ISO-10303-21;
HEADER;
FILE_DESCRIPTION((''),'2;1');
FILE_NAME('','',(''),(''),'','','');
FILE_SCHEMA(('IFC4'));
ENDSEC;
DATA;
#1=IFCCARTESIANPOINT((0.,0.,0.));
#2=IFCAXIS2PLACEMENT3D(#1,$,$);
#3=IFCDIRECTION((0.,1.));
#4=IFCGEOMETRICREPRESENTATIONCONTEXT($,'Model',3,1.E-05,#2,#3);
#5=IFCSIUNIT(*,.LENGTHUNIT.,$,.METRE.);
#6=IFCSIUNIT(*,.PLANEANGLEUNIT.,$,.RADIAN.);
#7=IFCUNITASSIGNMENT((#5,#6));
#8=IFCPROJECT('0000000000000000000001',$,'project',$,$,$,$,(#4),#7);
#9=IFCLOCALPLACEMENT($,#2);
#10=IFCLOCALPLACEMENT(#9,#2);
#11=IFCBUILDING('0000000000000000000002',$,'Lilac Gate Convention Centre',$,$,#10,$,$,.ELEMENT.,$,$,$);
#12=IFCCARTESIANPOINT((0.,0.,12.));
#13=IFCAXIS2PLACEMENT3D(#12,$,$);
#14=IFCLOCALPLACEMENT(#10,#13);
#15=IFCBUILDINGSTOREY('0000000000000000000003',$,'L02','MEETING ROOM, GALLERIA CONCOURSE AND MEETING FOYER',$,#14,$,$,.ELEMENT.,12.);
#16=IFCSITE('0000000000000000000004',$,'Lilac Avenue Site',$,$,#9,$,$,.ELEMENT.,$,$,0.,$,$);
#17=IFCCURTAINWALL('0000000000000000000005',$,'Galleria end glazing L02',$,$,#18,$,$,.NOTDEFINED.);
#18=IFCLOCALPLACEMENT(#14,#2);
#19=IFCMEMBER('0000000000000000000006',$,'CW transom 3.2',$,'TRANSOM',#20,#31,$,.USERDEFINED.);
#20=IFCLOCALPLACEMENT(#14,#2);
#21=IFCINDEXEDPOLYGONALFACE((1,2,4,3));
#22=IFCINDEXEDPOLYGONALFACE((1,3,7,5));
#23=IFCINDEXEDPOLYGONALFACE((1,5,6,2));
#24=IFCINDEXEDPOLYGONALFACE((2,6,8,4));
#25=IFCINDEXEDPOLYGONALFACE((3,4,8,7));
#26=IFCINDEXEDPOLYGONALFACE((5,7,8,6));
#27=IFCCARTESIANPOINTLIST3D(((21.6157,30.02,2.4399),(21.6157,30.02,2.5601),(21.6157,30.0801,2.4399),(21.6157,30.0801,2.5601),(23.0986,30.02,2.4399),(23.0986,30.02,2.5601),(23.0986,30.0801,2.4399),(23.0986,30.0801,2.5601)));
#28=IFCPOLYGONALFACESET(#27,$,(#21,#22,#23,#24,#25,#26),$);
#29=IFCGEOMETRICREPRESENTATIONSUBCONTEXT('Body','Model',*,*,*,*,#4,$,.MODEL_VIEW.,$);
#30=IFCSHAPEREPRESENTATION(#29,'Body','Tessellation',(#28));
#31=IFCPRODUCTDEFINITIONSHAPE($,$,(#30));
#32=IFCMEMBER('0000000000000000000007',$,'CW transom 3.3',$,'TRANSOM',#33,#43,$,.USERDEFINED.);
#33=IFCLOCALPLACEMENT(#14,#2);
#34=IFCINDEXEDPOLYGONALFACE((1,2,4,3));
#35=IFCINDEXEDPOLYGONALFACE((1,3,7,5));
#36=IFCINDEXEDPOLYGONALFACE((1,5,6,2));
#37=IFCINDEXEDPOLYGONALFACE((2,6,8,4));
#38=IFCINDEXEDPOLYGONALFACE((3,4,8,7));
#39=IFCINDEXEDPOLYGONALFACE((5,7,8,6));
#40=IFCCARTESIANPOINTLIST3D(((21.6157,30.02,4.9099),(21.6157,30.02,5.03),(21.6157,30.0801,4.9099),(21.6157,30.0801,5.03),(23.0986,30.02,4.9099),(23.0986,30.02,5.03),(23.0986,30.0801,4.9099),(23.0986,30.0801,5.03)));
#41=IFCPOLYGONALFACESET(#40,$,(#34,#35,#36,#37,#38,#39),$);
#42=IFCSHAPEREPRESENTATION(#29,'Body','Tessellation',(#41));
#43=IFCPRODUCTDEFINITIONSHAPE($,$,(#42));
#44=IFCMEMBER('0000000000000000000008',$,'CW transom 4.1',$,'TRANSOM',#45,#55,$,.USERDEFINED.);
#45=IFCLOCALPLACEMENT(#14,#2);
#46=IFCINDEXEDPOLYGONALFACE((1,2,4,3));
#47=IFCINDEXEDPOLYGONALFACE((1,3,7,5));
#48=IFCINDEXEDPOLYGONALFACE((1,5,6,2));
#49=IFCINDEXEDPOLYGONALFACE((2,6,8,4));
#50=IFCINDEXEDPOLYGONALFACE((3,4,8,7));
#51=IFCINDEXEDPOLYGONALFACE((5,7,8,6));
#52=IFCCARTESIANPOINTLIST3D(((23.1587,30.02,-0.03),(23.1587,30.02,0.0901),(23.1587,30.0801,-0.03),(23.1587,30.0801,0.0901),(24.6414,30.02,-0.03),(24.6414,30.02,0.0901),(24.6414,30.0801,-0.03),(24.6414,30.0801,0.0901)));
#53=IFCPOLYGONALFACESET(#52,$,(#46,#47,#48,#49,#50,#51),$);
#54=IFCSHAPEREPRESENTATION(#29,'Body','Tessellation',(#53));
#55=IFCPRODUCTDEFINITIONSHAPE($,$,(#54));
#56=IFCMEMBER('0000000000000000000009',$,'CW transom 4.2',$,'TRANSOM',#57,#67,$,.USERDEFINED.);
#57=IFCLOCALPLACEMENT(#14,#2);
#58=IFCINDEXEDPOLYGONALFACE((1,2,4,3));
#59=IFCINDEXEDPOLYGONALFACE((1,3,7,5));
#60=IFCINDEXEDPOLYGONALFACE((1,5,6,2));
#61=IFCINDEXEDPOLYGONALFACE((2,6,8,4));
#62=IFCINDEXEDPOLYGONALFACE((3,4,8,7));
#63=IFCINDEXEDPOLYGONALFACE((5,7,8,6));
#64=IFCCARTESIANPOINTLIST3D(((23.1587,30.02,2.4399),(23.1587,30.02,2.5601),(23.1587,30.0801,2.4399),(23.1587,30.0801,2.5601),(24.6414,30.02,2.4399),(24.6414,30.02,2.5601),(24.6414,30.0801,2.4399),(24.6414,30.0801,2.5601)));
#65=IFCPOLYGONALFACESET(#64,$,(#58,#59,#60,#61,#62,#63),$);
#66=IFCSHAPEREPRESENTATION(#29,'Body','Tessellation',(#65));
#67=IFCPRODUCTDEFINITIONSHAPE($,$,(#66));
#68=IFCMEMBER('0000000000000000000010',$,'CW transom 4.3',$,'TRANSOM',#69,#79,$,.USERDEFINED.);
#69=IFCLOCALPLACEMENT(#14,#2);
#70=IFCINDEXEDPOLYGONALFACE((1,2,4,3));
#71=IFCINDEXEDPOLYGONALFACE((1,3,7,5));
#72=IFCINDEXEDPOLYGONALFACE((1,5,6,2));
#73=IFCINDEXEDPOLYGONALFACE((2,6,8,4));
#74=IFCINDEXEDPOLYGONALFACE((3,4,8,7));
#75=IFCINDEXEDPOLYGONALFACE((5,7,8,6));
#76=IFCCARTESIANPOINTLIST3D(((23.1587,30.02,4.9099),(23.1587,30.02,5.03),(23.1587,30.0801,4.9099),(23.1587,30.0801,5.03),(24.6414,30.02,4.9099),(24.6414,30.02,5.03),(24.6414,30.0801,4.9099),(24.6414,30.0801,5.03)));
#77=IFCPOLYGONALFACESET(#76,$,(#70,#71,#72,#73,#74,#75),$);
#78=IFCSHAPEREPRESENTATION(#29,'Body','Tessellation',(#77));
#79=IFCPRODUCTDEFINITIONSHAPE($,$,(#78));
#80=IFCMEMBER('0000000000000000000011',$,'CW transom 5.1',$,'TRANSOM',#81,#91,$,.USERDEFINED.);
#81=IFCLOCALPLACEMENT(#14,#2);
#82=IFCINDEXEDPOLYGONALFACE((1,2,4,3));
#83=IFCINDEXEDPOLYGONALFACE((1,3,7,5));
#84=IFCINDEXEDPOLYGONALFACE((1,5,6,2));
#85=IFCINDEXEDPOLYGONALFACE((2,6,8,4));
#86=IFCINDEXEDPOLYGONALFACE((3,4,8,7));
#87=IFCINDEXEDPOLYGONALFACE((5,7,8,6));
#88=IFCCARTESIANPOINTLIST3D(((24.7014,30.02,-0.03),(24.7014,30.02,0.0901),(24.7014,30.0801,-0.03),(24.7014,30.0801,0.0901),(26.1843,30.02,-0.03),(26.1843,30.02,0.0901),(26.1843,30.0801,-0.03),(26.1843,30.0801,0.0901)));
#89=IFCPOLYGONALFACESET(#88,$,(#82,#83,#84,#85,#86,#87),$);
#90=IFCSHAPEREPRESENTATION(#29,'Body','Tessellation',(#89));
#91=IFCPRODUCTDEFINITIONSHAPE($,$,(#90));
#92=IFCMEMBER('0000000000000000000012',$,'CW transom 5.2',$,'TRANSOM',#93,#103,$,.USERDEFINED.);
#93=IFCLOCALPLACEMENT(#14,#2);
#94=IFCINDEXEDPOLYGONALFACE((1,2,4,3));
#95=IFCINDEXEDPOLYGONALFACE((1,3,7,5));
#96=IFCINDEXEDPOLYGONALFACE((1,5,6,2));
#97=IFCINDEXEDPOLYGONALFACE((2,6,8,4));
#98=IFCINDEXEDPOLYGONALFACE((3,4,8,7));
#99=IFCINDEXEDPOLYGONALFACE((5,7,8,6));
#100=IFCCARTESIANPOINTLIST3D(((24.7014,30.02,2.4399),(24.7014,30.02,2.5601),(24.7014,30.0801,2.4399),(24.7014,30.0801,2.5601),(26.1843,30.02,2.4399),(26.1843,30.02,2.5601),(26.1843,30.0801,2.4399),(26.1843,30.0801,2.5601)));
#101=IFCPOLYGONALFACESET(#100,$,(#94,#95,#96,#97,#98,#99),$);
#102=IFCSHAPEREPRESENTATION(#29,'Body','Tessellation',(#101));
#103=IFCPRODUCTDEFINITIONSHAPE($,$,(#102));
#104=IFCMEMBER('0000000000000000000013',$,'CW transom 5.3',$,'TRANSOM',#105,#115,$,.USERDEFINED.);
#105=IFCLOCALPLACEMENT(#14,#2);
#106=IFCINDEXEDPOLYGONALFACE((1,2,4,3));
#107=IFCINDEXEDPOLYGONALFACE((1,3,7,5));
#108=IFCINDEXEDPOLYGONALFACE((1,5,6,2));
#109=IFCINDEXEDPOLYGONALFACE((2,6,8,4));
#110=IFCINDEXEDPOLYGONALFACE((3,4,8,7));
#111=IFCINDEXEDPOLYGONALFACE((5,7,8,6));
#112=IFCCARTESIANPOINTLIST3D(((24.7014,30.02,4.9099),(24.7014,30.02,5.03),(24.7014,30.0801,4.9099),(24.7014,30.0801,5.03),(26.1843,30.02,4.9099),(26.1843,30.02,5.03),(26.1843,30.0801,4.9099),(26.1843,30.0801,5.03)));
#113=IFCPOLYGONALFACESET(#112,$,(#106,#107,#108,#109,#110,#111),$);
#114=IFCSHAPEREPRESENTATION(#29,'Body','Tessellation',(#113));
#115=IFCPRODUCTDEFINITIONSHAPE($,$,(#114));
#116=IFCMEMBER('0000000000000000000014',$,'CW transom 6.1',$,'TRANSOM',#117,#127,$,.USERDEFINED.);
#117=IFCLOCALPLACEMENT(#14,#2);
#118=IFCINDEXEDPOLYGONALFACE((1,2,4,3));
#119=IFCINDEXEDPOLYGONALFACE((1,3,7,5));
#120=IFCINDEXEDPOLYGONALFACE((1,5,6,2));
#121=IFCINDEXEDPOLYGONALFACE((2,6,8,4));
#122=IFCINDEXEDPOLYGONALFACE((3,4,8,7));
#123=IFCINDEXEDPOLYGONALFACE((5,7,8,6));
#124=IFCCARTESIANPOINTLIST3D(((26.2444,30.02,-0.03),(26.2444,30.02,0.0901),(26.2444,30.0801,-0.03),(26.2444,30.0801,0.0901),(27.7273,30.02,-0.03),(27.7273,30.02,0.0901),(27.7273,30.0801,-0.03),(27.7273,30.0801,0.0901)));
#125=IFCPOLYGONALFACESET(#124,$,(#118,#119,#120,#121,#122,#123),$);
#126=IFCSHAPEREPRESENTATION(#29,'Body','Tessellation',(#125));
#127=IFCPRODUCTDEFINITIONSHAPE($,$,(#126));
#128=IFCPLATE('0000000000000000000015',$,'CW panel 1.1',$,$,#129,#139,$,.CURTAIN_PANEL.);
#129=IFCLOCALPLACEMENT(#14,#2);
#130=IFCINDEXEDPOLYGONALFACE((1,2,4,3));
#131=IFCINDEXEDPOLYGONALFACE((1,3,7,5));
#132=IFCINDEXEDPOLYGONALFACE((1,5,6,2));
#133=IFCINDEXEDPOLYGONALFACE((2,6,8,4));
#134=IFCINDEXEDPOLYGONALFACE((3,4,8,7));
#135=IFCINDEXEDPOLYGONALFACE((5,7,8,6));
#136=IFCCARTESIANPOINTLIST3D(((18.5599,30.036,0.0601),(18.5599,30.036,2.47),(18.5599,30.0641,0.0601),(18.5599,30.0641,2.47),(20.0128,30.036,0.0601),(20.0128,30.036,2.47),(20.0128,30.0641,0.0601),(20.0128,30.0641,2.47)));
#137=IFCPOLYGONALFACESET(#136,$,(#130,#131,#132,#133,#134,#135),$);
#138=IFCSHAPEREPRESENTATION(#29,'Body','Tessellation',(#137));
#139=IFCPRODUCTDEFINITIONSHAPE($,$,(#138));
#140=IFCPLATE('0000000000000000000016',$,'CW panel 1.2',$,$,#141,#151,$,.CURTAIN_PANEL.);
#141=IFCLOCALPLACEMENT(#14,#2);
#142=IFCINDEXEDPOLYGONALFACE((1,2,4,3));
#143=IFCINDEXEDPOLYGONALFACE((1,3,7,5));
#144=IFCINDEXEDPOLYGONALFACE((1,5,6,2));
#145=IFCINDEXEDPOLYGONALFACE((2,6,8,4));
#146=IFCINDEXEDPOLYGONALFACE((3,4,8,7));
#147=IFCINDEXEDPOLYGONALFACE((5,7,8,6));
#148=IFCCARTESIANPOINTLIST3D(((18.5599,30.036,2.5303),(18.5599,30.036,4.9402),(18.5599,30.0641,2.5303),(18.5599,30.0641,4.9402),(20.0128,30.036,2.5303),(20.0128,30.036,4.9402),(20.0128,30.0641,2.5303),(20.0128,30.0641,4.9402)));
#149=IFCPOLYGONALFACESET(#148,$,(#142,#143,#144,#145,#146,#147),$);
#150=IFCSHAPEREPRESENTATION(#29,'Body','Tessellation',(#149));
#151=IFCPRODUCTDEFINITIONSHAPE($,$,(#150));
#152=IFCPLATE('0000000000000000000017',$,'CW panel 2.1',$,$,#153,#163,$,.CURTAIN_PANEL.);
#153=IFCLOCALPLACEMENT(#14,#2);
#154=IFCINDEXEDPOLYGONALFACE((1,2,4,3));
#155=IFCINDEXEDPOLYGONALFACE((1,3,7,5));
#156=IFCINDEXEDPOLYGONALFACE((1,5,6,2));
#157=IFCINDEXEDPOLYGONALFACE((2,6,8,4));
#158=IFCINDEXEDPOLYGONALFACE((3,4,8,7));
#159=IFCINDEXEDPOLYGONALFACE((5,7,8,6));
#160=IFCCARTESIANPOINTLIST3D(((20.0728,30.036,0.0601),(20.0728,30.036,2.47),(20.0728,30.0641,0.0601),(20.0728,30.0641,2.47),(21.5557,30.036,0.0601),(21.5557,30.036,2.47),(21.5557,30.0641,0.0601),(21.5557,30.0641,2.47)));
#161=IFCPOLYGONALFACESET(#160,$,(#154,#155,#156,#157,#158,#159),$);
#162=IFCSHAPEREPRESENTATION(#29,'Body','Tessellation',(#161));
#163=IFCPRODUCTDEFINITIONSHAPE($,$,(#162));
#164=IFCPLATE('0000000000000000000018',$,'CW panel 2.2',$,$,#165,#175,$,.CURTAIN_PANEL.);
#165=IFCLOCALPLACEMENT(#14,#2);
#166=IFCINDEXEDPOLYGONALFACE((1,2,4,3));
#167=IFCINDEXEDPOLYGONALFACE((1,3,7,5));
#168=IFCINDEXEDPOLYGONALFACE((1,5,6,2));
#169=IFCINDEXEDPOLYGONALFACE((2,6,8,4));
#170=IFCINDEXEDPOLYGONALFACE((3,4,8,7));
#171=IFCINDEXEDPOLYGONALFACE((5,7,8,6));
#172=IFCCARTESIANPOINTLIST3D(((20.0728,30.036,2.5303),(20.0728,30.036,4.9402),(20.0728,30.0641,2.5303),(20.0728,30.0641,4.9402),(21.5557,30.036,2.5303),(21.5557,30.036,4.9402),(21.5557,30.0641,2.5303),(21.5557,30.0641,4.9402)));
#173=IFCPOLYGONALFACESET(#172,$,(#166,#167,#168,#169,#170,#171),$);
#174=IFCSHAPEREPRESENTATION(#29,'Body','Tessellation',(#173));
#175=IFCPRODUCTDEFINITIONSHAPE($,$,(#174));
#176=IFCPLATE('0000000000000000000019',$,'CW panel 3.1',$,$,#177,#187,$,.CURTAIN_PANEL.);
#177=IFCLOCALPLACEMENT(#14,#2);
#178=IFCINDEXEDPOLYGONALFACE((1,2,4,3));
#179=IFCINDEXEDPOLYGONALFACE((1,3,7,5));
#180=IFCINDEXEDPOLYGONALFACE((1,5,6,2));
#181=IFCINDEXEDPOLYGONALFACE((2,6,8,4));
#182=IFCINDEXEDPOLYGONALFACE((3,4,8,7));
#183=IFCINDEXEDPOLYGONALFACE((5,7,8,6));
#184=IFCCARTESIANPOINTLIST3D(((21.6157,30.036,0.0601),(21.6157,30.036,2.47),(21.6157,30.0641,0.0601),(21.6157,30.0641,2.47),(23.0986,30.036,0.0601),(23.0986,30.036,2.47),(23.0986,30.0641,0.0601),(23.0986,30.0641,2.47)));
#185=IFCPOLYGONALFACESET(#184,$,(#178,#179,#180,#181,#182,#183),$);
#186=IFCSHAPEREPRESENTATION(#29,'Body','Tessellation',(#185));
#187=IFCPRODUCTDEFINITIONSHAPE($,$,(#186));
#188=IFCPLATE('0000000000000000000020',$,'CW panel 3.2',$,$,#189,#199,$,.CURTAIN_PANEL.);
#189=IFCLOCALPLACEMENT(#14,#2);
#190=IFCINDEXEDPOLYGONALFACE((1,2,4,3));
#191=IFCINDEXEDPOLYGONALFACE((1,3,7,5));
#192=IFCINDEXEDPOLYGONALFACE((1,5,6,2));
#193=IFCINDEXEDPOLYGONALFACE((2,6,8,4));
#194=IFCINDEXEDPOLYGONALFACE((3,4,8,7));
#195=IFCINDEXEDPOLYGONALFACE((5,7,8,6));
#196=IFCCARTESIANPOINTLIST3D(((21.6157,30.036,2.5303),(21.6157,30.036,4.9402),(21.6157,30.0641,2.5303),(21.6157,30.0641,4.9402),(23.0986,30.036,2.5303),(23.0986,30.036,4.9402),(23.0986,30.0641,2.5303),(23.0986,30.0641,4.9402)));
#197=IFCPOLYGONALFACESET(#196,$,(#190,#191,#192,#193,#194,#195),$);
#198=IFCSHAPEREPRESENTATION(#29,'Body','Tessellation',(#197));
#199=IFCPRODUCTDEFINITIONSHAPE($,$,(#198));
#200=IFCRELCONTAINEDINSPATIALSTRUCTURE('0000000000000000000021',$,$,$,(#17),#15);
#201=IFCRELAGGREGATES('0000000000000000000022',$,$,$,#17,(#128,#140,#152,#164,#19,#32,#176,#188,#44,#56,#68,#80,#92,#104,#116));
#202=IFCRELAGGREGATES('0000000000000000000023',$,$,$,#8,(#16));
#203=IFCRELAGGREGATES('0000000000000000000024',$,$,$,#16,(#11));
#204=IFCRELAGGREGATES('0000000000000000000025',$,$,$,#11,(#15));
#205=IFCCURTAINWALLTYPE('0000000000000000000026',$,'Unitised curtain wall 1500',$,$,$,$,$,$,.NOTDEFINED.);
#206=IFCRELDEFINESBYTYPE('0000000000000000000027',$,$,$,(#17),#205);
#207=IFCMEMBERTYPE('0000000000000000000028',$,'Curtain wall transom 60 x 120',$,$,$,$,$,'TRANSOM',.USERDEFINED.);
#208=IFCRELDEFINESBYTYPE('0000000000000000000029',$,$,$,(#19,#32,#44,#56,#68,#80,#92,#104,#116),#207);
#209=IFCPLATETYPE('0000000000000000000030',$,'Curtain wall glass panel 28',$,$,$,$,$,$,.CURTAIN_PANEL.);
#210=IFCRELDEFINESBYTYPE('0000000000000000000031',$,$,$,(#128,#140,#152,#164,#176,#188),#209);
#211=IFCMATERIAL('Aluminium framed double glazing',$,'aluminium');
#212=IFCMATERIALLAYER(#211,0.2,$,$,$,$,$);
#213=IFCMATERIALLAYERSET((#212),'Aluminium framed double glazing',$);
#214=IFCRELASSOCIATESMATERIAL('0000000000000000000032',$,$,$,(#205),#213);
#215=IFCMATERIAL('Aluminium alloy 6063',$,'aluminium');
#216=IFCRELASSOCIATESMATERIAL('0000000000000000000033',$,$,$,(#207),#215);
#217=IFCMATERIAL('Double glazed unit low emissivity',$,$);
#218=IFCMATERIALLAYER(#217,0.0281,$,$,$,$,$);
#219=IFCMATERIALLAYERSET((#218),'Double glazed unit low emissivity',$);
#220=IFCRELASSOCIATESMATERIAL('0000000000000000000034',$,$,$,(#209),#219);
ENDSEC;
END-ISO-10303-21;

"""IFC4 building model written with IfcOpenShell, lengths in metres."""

from ifc_helpers import new_model, si_unit, direction, frame, origin, origin_2d, place, context, subcontext, project, spatial, rectangle, extrude, material, layer, layer_set, material_profile, profile_set, type_object, element, aggregate, save


model = new_model("IFC4")

# Units and contexts
model_context = context("Model", 3, precision=1e-05, world=origin(), true_north=direction((0.0, 1.0)))
body_context = subcontext(model_context, "Body", "Model", "MODEL_VIEW")
ifc_project = project(units=[si_unit("LENGTHUNIT", "METRE"), si_unit("PLANEANGLEUNIT", "RADIAN")], contexts=[model_context])

# Site, building, storey
site_placement = place(None, origin())
site = spatial("IfcSite", under=ifc_project, at=site_placement, Name="Lilac Avenue Site", CompositionType="ELEMENT", RefElevation=0.0)
building_placement = place(site_placement, origin())
building = spatial("IfcBuilding", under=site, at=building_placement, Name="Lilac Gate Convention Centre", CompositionType="ELEMENT")
storey_placement = place(building_placement, frame((0.0, 0.0, 12.0)))
storey = spatial("IfcBuildingStorey", under=building, at=storey_placement, Name="L02", Description="MEETING ROOM, GALLERIA CONCOURSE AND MEETING FOYER", CompositionType="ELEMENT", Elevation=12.0)

# Curtain wall, members, plates
ifc_material_1 = material(Name="Aluminium framed double glazing", Category="aluminium")
ifc_layer_1 = layer(ifc_material_1, 0.2)
ifc_layer_set_1 = layer_set([ifc_layer_1], Name="Aluminium framed double glazing")
curtain_wall_type = type_object("IfcCurtainWallType", Name="Unitised curtain wall 1500", PredefinedType="NOTDEFINED", material=ifc_layer_set_1)
curtain_wall_placement = place(storey_placement, origin())
curtain_wall = element("IfcCurtainWall", 1, at=curtain_wall_placement, inside=storey, type_object=curtain_wall_type, Name="Galleria end glazing L02", PredefinedType="NOTDEFINED")
ifc_material_2 = material(Name="Aluminium alloy 6063", Category="aluminium")
ifc_material_profile_1 = material_profile(ifc_material_2, rectangle(XDim=0.0601, YDim=0.1201, at=origin_2d()), Name="Curtain wall transom 60 x 120")
ifc_profile_set_1 = profile_set([ifc_material_profile_1], Name="Aluminium alloy 6063")
member_type_1 = type_object("IfcMemberType", Name="Curtain wall transom 60 x 120", ElementType="TRANSOM", PredefinedType="USERDEFINED", material=ifc_profile_set_1)
member_1_placement = place(storey_placement, frame((21.6157, 30.05, 2.5), z_axis=(1.0, 0.0, 0.0), x_axis=(0.0, 1.0, 0.0)))
member_1 = element("IfcMember", 2, at=member_1_placement, type_object=member_type_1, Name="CW transom 3.2", ObjectType="TRANSOM", PredefinedType="USERDEFINED", context=body_context, shape_type="SweptSolid", body=[
    extrude(rectangle(XDim=0.0601, YDim=0.1201, at=origin_2d()), origin(), (0.0, 0.0, 1.0), 1.4829),
])
member_2_placement = place(storey_placement, frame((21.6157, 30.05, 4.97), z_axis=(1.0, 0.0, 0.0), x_axis=(0.0, 1.0, 0.0)))
member_2 = element("IfcMember", 3, at=member_2_placement, type_object=member_type_1, Name="CW transom 3.3", ObjectType="TRANSOM", PredefinedType="USERDEFINED", context=body_context, shape_type="SweptSolid", body=[
    extrude(rectangle(XDim=0.0601, YDim=0.1201, at=origin_2d()), origin(), (0.0, 0.0, 1.0), 1.4829),
])
member_3_placement = place(storey_placement, frame((23.1587, 30.05, 0.03), z_axis=(1.0, 0.0, 0.0), x_axis=(0.0, 1.0, 0.0)))
member_3 = element("IfcMember", 4, at=member_3_placement, type_object=member_type_1, Name="CW transom 4.1", ObjectType="TRANSOM", PredefinedType="USERDEFINED", context=body_context, shape_type="SweptSolid", body=[
    extrude(rectangle(XDim=0.0601, YDim=0.1201, at=origin_2d()), origin(), (0.0, 0.0, 1.0), 1.4827),
])
member_4_placement = place(storey_placement, frame((23.1587, 30.05, 2.5), z_axis=(1.0, 0.0, 0.0), x_axis=(0.0, 1.0, 0.0)))
member_4 = element("IfcMember", 5, at=member_4_placement, type_object=member_type_1, Name="CW transom 4.2", ObjectType="TRANSOM", PredefinedType="USERDEFINED", context=body_context, shape_type="SweptSolid", body=[
    extrude(rectangle(XDim=0.0601, YDim=0.1201, at=origin_2d()), origin(), (0.0, 0.0, 1.0), 1.4827),
])
member_5_placement = place(storey_placement, frame((23.1587, 30.05, 4.97), z_axis=(1.0, 0.0, 0.0), x_axis=(0.0, 1.0, 0.0)))
member_5 = element("IfcMember", 6, at=member_5_placement, type_object=member_type_1, Name="CW transom 4.3", ObjectType="TRANSOM", PredefinedType="USERDEFINED", context=body_context, shape_type="SweptSolid", body=[
    extrude(rectangle(XDim=0.0601, YDim=0.1201, at=origin_2d()), origin(), (0.0, 0.0, 1.0), 1.4827),
])
member_6_placement = place(storey_placement, frame((24.7014, 30.05, 0.03), z_axis=(1.0, 0.0, 0.0), x_axis=(0.0, 1.0, 0.0)))
member_6 = element("IfcMember", 7, at=member_6_placement, type_object=member_type_1, Name="CW transom 5.1", ObjectType="TRANSOM", PredefinedType="USERDEFINED", context=body_context, shape_type="SweptSolid", body=[
    extrude(rectangle(XDim=0.0601, YDim=0.1201, at=origin_2d()), origin(), (0.0, 0.0, 1.0), 1.4829),
])
member_7_placement = place(storey_placement, frame((24.7014, 30.05, 2.5), z_axis=(1.0, 0.0, 0.0), x_axis=(0.0, 1.0, 0.0)))
member_7 = element("IfcMember", 8, at=member_7_placement, type_object=member_type_1, Name="CW transom 5.2", ObjectType="TRANSOM", PredefinedType="USERDEFINED", context=body_context, shape_type="SweptSolid", body=[
    extrude(rectangle(XDim=0.0601, YDim=0.1201, at=origin_2d()), origin(), (0.0, 0.0, 1.0), 1.4829),
])
member_8_placement = place(storey_placement, frame((24.7014, 30.05, 4.97), z_axis=(1.0, 0.0, 0.0), x_axis=(0.0, 1.0, 0.0)))
member_8 = element("IfcMember", 9, at=member_8_placement, type_object=member_type_1, Name="CW transom 5.3", ObjectType="TRANSOM", PredefinedType="USERDEFINED", context=body_context, shape_type="SweptSolid", body=[
    extrude(rectangle(XDim=0.0601, YDim=0.1201, at=origin_2d()), origin(), (0.0, 0.0, 1.0), 1.4829),
])
member_9_placement = place(storey_placement, frame((26.2444, 30.05, 0.03), z_axis=(1.0, 0.0, 0.0), x_axis=(0.0, 1.0, 0.0)))
member_9 = element("IfcMember", 10, at=member_9_placement, type_object=member_type_1, Name="CW transom 6.1", ObjectType="TRANSOM", PredefinedType="USERDEFINED", context=body_context, shape_type="SweptSolid", body=[
    extrude(rectangle(XDim=0.0601, YDim=0.1201, at=origin_2d()), origin(), (0.0, 0.0, 1.0), 1.4829),
])
ifc_material_3 = material(Name="Double glazed unit low emissivity")
ifc_layer_2 = layer(ifc_material_3, 0.0281)
ifc_layer_set_2 = layer_set([ifc_layer_2], Name="Double glazed unit low emissivity")
plate_type = type_object("IfcPlateType", Name="Curtain wall glass panel 28", PredefinedType="CURTAIN_PANEL", material=ifc_layer_set_2)
plate_1_placement = place(storey_placement, frame((19.2864, 30.05, 0.0601), z_axis=(0.0, 0.0, 1.0), x_axis=(1.0, 0.0, 0.0)))
plate_1 = element("IfcPlate", 11, at=plate_1_placement, type_object=plate_type, Name="CW panel 1.1", PredefinedType="CURTAIN_PANEL", context=body_context, shape_type="SweptSolid", body=[
    extrude(rectangle(XDim=1.4529, YDim=0.0281, at=origin_2d()), origin(), (0.0, 0.0, 1.0), 2.4099),
])
plate_2_placement = place(storey_placement, frame((19.2864, 30.05, 2.5303), z_axis=(0.0, 0.0, 1.0), x_axis=(1.0, 0.0, 0.0)))
plate_2 = element("IfcPlate", 12, at=plate_2_placement, type_object=plate_type, Name="CW panel 1.2", PredefinedType="CURTAIN_PANEL", context=body_context, shape_type="SweptSolid", body=[
    extrude(rectangle(XDim=1.4529, YDim=0.0281, at=origin_2d()), origin(), (0.0, 0.0, 1.0), 2.4099),
])
plate_3_placement = place(storey_placement, frame((20.8142, 30.05, 0.0601), z_axis=(0.0, 0.0, 1.0), x_axis=(1.0, 0.0, 0.0)))
plate_3 = element("IfcPlate", 13, at=plate_3_placement, type_object=plate_type, Name="CW panel 2.1", PredefinedType="CURTAIN_PANEL", context=body_context, shape_type="SweptSolid", body=[
    extrude(rectangle(XDim=1.4829, YDim=0.0281, at=origin_2d()), origin(), (0.0, 0.0, 1.0), 2.4099),
])
plate_4_placement = place(storey_placement, frame((20.8142, 30.05, 2.5303), z_axis=(0.0, 0.0, 1.0), x_axis=(1.0, 0.0, 0.0)))
plate_4 = element("IfcPlate", 14, at=plate_4_placement, type_object=plate_type, Name="CW panel 2.2", PredefinedType="CURTAIN_PANEL", context=body_context, shape_type="SweptSolid", body=[
    extrude(rectangle(XDim=1.4829, YDim=0.0281, at=origin_2d()), origin(), (0.0, 0.0, 1.0), 2.4099),
])
plate_5_placement = place(storey_placement, frame((22.3572, 30.05, 0.0601), z_axis=(0.0, 0.0, 1.0), x_axis=(1.0, 0.0, 0.0)))
plate_5 = element("IfcPlate", 15, at=plate_5_placement, type_object=plate_type, Name="CW panel 3.1", PredefinedType="CURTAIN_PANEL", context=body_context, shape_type="SweptSolid", body=[
    extrude(rectangle(XDim=1.4829, YDim=0.0281, at=origin_2d()), origin(), (0.0, 0.0, 1.0), 2.4099),
])
plate_6_placement = place(storey_placement, frame((22.3572, 30.05, 2.5303), z_axis=(0.0, 0.0, 1.0), x_axis=(1.0, 0.0, 0.0)))
plate_6 = element("IfcPlate", 16, at=plate_6_placement, type_object=plate_type, Name="CW panel 3.2", PredefinedType="CURTAIN_PANEL", context=body_context, shape_type="SweptSolid", body=[
    extrude(rectangle(XDim=1.4829, YDim=0.0281, at=origin_2d()), origin(), (0.0, 0.0, 1.0), 2.4099),
])
aggregate(curtain_wall, [plate_1, plate_2, plate_3, plate_4, member_1, member_2, plate_5, plate_6, member_3, member_4, member_5, member_6, member_7, member_8, member_9])

save(model, "model.ifc")
